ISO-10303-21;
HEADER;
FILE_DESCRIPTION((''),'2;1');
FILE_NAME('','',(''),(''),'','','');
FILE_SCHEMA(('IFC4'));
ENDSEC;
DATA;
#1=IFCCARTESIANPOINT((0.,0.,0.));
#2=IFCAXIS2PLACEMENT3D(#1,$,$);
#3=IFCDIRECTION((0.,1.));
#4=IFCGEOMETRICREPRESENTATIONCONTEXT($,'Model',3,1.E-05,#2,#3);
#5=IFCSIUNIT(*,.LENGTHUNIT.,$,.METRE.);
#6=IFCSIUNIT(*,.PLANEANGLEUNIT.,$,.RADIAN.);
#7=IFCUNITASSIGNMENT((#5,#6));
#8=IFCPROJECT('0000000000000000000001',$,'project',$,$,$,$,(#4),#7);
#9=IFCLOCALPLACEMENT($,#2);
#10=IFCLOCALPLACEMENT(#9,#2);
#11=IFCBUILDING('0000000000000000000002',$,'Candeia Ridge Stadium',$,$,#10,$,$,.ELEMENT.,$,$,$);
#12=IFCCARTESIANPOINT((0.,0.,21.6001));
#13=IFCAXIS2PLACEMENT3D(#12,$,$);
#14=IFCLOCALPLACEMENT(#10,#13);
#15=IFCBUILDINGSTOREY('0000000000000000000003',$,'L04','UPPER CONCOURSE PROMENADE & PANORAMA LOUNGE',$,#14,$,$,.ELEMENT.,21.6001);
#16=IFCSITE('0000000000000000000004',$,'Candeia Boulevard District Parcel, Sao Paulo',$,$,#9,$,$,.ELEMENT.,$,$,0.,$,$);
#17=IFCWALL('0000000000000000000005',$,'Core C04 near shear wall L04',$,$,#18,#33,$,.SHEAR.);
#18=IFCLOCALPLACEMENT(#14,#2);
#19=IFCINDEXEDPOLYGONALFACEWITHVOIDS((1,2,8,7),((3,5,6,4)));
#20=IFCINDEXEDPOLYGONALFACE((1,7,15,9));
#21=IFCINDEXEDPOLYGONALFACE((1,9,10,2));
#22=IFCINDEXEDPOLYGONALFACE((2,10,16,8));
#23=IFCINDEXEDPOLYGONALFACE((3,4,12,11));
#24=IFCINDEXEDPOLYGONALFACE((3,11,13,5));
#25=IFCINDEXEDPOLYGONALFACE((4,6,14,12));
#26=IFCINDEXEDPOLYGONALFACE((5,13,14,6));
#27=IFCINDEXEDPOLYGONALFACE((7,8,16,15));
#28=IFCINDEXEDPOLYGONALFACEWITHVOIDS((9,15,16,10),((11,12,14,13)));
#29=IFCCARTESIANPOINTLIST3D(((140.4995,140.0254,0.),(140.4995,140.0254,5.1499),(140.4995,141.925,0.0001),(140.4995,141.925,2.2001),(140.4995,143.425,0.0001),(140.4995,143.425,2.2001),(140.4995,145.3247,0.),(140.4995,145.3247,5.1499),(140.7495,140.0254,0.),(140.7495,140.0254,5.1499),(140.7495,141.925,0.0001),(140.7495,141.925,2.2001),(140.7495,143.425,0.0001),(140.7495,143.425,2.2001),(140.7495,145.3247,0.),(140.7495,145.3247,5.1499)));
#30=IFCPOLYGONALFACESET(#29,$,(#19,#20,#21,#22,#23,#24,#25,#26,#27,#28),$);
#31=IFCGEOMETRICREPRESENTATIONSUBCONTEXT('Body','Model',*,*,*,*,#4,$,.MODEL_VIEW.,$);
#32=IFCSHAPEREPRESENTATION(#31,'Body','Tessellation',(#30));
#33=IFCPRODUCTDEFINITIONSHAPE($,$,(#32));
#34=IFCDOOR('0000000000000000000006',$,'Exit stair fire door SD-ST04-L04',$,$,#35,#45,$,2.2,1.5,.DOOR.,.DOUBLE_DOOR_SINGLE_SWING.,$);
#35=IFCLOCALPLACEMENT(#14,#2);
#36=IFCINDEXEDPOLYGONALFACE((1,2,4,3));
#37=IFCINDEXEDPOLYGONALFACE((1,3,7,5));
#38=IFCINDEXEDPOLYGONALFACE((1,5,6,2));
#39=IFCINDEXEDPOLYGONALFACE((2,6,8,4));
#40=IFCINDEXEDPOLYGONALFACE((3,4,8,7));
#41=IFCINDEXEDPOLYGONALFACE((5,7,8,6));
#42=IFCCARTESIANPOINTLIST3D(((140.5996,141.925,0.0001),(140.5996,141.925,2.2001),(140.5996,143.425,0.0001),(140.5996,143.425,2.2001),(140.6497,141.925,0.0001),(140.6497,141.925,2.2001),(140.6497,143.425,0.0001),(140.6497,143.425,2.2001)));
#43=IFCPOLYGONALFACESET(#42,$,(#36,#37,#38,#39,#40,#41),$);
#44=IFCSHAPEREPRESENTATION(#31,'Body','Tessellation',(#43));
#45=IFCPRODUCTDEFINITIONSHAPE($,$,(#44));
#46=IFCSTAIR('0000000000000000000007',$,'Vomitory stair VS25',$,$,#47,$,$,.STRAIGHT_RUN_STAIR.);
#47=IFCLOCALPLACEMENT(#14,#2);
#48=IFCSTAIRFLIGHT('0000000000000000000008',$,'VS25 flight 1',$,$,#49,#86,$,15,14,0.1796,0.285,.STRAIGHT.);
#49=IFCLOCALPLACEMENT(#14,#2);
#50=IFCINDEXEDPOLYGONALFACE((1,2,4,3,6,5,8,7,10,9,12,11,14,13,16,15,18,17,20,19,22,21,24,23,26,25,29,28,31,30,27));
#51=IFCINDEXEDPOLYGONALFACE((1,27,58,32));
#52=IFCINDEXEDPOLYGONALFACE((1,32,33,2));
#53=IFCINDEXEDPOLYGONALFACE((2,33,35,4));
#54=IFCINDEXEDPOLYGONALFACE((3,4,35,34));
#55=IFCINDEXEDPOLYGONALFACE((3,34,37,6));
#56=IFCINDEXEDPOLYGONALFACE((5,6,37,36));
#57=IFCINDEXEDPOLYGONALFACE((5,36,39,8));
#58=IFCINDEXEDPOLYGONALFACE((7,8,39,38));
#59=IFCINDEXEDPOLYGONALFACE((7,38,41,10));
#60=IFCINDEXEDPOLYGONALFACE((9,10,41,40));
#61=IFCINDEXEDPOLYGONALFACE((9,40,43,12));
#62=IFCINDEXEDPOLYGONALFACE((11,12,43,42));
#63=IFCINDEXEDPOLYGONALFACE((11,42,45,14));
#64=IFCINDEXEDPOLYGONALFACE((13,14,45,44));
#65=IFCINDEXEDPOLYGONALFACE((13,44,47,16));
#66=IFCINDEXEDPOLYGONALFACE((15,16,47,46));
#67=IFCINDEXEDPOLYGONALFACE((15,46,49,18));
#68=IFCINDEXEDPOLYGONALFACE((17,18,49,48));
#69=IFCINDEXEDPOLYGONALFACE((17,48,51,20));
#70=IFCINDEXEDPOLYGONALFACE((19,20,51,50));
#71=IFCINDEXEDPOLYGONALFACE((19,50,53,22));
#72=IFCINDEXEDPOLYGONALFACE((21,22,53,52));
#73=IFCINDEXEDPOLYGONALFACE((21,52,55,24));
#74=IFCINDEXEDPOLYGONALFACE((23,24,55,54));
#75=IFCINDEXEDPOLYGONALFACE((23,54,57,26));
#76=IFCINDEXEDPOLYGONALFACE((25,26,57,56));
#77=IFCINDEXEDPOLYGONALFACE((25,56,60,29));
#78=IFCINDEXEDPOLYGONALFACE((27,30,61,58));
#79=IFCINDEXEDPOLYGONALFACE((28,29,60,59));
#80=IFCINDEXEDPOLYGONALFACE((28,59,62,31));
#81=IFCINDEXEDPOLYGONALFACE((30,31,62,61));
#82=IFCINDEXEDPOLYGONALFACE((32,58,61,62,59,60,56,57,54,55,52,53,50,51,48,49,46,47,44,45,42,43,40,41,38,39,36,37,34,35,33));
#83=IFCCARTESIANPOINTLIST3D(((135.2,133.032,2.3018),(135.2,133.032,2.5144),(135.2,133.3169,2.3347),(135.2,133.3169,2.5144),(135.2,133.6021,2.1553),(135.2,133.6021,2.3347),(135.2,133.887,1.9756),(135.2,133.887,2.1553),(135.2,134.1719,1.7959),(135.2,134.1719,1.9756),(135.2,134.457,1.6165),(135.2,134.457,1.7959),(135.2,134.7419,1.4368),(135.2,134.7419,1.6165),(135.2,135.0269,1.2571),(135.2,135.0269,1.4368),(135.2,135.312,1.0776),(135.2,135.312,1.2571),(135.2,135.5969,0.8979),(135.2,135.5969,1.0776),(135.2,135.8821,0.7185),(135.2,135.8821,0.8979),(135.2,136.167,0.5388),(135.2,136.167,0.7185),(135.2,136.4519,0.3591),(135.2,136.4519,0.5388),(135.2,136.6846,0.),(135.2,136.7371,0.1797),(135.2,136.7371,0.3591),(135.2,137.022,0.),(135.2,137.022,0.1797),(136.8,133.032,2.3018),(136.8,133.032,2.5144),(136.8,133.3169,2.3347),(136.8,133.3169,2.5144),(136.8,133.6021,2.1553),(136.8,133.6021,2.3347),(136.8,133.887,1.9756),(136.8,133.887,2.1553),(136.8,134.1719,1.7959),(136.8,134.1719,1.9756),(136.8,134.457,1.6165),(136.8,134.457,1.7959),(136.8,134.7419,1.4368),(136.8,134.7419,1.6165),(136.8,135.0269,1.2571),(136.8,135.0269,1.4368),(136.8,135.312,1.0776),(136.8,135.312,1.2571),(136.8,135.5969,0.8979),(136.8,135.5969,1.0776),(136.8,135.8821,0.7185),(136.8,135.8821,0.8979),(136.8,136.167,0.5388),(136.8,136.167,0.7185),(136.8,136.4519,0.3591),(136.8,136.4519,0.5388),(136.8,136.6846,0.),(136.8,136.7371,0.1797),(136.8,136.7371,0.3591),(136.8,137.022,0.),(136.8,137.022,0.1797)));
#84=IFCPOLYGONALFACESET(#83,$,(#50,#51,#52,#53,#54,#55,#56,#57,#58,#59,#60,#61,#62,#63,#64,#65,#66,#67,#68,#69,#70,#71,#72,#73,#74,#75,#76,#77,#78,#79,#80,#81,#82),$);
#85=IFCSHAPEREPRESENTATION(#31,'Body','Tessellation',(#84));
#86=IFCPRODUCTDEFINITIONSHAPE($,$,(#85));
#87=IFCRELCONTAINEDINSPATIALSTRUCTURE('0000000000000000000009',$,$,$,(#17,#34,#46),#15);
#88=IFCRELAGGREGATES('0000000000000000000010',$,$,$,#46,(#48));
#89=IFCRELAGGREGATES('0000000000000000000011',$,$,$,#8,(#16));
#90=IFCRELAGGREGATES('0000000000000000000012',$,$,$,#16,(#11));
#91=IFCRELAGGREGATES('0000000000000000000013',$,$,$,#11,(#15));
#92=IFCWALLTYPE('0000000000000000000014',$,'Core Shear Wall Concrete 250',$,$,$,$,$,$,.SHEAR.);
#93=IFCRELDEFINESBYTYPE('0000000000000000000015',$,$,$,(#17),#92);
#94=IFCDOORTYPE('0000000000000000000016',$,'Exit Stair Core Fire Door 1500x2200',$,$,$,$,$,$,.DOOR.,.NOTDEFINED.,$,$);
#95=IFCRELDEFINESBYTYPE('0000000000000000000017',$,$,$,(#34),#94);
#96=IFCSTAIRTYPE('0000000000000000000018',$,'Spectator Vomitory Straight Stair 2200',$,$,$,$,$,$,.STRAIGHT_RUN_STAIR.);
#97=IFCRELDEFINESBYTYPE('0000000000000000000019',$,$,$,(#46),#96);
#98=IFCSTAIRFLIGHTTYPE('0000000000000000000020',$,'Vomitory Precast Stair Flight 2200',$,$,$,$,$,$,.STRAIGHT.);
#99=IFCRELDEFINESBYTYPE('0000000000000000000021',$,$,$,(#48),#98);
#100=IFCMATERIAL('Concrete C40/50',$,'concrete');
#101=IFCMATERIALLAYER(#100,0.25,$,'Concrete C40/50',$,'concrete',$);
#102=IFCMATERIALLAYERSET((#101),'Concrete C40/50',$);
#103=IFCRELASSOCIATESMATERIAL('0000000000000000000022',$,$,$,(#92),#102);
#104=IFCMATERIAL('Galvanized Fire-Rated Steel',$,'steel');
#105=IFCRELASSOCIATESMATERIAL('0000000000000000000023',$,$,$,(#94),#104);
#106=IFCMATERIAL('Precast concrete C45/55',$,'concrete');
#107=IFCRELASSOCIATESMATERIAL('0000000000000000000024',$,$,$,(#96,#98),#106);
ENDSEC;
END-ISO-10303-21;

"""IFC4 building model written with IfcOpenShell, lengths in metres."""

from ifc_helpers import new_model, si_unit, direction, frame, frame_2d, origin, place, context, subcontext, project, spatial, polyline, rectangle, outline, extrude, material, layer, layer_set, type_object, element, fill, aggregate, save


model = new_model("IFC4")

# Units and contexts
model_context = context("Model", 3, precision=1e-05, world=origin(), true_north=direction((0.0, 1.0)))
body_context = subcontext(model_context, "Body", "Model", "MODEL_VIEW")
ifc_project = project(units=[si_unit("LENGTHUNIT", "METRE"), si_unit("PLANEANGLEUNIT", "RADIAN")], contexts=[model_context])

# Site, building, storey
site_placement = place(None, origin())
site = spatial("IfcSite", under=ifc_project, at=site_placement, Name="Candeia Boulevard District Parcel, Sao Paulo", CompositionType="ELEMENT", RefElevation=0.0)
building_placement = place(site_placement, origin())
building = spatial("IfcBuilding", under=site, at=building_placement, Name="Candeia Ridge Stadium", CompositionType="ELEMENT")
storey_placement = place(building_placement, frame((0.0, 0.0, 21.6001)))
storey = spatial("IfcBuildingStorey", under=building, at=storey_placement, Name="L04", Description="UPPER CONCOURSE PROMENADE & PANORAMA LOUNGE", CompositionType="ELEMENT", Elevation=21.6001)

# Shared definitions
ifc_material_1 = material(Name="Concrete C40/50", Category="concrete")

# Shared definitions
ifc_material_2 = material(Name="Precast concrete C45/55", Category="concrete")

# Wall, opening, door
ifc_layer_1 = layer(ifc_material_1, 0.25, Name="Concrete C40/50", Category="concrete")
ifc_layer_set_1 = layer_set([ifc_layer_1], Name="Concrete C40/50")
wall_type = type_object("IfcWallType", Name="Core Shear Wall Concrete 250", PredefinedType="SHEAR", material=ifc_layer_set_1)
wall_placement = place(storey_placement, frame((140.6245, 140.0254, 0.0), z_axis=(0.0, 0.0, 1.0), x_axis=(0.0, 1.0, 0.0)))
wall = element("IfcWall", 1, at=wall_placement, inside=storey, type_object=wall_type, Name="Core C04 near shear wall L04", PredefinedType="SHEAR", context=body_context, shape_type="SweptSolid", body=[
    extrude(rectangle(XDim=5.2993, YDim=0.25, at=frame_2d((2.6497, 0.0))), origin(), (0.0, 0.0, 1.0), 5.1499),
])
opening_placement = place(wall_placement, frame((1.8997, 0.0, 0.0)))
opening = element("IfcOpeningElement", 2, at=opening_placement, cuts=wall, PredefinedType="OPENING", context=body_context, shape_type="SweptSolid", body=[
    extrude(rectangle(XDim=1.5, YDim=2.2, at=frame_2d((0.75, 1.1001))), frame((0.0, 0.135, 0.0), z_axis=(0.0, -1.0, 0.0), x_axis=(1.0, 0.0, 0.0)), (0.0, 0.0, 1.0), 0.27),
])
ifc_material_3 = material(Name="Galvanized Fire-Rated Steel", Category="steel")
door_type = type_object("IfcDoorType", Name="Exit Stair Core Fire Door 1500x2200", OperationType="NOTDEFINED", PredefinedType="DOOR", material=ifc_material_3)
door_placement = place(opening_placement, origin())
door = element("IfcDoor", 3, at=door_placement, inside=storey, type_object=door_type, Name="Exit stair fire door SD-ST04-L04", OperationType="DOUBLE_DOOR_SINGLE_SWING", OverallHeight=2.2, OverallWidth=1.5, PredefinedType="DOOR", context=body_context, shape_type="SweptSolid", body=[
    extrude(rectangle(XDim=1.5, YDim=2.2, at=frame_2d((0.75, 1.1001))), frame((0.0, 0.0249, 0.0), z_axis=(0.0, -1.0, 0.0), x_axis=(1.0, 0.0, 0.0)), (0.0, 0.0, 1.0), 0.05),
])
fill(opening, door)

# Stair, stair flight
stair_type = type_object("IfcStairType", Name="Spectator Vomitory Straight Stair 2200", PredefinedType="STRAIGHT_RUN_STAIR", material=ifc_material_2)
stair_placement = place(storey_placement, origin())
stair = element("IfcStair", 4, at=stair_placement, inside=storey, type_object=stair_type, Name="Vomitory stair VS25", PredefinedType="STRAIGHT_RUN_STAIR")
stair_flight_type = type_object("IfcStairFlightType", Name="Vomitory Precast Stair Flight 2200", PredefinedType="STRAIGHT", material=ifc_material_2)
stair_flight_placement = place(storey_placement, frame((136.0, 137.022, 0.0), z_axis=(0.0, 0.0, 1.0), x_axis=(0.0, -1.0, 0.0)))
stair_flight = element("IfcStairFlight", 5, at=stair_flight_placement, type_object=stair_flight_type, Name="VS25 flight 1", NumberOfRisers=15, NumberOfTreads=14, PredefinedType="STRAIGHT", RiserHeight=0.1796, TreadLength=0.285, context=body_context, shape_type="SweptSolid", body=[
    extrude(outline(polyline([(0.0, 0.0), (0.0, 0.1797), (0.2849, 0.1797), (0.2849, 0.3591), (0.5701, 0.3591), (0.5701, 0.5388), (0.855, 0.5388), (0.855, 0.7185), (1.1399, 0.7185), (1.1399, 0.8979), (1.425, 0.8979), (1.425, 1.0776), (1.71, 1.0776), (1.71, 1.2571), (1.9951, 1.2571), (1.9951, 1.4368), (2.28, 1.4368), (2.28, 1.6165), (2.5649, 1.6165), (2.5649, 1.7959), (2.8501, 1.7959), (2.8501, 1.9756), (3.135, 1.9756), (3.135, 2.1553), (3.4199, 2.1553), (3.4199, 2.3347), (3.7051, 2.3347), (3.7051, 2.5144), (3.99, 2.5144), (3.99, 2.6941), (3.99, 2.3018), (0.3374, 0.0), (0.0, 0.0)])), frame((0.0, 0.8, 0.0), z_axis=(0.0, -1.0, 0.0), x_axis=(1.0, 0.0, 0.0)), (0.0, 0.0, 1.0), 1.6001),
])
aggregate(stair, [stair_flight])

save(model, "model.ifc")
